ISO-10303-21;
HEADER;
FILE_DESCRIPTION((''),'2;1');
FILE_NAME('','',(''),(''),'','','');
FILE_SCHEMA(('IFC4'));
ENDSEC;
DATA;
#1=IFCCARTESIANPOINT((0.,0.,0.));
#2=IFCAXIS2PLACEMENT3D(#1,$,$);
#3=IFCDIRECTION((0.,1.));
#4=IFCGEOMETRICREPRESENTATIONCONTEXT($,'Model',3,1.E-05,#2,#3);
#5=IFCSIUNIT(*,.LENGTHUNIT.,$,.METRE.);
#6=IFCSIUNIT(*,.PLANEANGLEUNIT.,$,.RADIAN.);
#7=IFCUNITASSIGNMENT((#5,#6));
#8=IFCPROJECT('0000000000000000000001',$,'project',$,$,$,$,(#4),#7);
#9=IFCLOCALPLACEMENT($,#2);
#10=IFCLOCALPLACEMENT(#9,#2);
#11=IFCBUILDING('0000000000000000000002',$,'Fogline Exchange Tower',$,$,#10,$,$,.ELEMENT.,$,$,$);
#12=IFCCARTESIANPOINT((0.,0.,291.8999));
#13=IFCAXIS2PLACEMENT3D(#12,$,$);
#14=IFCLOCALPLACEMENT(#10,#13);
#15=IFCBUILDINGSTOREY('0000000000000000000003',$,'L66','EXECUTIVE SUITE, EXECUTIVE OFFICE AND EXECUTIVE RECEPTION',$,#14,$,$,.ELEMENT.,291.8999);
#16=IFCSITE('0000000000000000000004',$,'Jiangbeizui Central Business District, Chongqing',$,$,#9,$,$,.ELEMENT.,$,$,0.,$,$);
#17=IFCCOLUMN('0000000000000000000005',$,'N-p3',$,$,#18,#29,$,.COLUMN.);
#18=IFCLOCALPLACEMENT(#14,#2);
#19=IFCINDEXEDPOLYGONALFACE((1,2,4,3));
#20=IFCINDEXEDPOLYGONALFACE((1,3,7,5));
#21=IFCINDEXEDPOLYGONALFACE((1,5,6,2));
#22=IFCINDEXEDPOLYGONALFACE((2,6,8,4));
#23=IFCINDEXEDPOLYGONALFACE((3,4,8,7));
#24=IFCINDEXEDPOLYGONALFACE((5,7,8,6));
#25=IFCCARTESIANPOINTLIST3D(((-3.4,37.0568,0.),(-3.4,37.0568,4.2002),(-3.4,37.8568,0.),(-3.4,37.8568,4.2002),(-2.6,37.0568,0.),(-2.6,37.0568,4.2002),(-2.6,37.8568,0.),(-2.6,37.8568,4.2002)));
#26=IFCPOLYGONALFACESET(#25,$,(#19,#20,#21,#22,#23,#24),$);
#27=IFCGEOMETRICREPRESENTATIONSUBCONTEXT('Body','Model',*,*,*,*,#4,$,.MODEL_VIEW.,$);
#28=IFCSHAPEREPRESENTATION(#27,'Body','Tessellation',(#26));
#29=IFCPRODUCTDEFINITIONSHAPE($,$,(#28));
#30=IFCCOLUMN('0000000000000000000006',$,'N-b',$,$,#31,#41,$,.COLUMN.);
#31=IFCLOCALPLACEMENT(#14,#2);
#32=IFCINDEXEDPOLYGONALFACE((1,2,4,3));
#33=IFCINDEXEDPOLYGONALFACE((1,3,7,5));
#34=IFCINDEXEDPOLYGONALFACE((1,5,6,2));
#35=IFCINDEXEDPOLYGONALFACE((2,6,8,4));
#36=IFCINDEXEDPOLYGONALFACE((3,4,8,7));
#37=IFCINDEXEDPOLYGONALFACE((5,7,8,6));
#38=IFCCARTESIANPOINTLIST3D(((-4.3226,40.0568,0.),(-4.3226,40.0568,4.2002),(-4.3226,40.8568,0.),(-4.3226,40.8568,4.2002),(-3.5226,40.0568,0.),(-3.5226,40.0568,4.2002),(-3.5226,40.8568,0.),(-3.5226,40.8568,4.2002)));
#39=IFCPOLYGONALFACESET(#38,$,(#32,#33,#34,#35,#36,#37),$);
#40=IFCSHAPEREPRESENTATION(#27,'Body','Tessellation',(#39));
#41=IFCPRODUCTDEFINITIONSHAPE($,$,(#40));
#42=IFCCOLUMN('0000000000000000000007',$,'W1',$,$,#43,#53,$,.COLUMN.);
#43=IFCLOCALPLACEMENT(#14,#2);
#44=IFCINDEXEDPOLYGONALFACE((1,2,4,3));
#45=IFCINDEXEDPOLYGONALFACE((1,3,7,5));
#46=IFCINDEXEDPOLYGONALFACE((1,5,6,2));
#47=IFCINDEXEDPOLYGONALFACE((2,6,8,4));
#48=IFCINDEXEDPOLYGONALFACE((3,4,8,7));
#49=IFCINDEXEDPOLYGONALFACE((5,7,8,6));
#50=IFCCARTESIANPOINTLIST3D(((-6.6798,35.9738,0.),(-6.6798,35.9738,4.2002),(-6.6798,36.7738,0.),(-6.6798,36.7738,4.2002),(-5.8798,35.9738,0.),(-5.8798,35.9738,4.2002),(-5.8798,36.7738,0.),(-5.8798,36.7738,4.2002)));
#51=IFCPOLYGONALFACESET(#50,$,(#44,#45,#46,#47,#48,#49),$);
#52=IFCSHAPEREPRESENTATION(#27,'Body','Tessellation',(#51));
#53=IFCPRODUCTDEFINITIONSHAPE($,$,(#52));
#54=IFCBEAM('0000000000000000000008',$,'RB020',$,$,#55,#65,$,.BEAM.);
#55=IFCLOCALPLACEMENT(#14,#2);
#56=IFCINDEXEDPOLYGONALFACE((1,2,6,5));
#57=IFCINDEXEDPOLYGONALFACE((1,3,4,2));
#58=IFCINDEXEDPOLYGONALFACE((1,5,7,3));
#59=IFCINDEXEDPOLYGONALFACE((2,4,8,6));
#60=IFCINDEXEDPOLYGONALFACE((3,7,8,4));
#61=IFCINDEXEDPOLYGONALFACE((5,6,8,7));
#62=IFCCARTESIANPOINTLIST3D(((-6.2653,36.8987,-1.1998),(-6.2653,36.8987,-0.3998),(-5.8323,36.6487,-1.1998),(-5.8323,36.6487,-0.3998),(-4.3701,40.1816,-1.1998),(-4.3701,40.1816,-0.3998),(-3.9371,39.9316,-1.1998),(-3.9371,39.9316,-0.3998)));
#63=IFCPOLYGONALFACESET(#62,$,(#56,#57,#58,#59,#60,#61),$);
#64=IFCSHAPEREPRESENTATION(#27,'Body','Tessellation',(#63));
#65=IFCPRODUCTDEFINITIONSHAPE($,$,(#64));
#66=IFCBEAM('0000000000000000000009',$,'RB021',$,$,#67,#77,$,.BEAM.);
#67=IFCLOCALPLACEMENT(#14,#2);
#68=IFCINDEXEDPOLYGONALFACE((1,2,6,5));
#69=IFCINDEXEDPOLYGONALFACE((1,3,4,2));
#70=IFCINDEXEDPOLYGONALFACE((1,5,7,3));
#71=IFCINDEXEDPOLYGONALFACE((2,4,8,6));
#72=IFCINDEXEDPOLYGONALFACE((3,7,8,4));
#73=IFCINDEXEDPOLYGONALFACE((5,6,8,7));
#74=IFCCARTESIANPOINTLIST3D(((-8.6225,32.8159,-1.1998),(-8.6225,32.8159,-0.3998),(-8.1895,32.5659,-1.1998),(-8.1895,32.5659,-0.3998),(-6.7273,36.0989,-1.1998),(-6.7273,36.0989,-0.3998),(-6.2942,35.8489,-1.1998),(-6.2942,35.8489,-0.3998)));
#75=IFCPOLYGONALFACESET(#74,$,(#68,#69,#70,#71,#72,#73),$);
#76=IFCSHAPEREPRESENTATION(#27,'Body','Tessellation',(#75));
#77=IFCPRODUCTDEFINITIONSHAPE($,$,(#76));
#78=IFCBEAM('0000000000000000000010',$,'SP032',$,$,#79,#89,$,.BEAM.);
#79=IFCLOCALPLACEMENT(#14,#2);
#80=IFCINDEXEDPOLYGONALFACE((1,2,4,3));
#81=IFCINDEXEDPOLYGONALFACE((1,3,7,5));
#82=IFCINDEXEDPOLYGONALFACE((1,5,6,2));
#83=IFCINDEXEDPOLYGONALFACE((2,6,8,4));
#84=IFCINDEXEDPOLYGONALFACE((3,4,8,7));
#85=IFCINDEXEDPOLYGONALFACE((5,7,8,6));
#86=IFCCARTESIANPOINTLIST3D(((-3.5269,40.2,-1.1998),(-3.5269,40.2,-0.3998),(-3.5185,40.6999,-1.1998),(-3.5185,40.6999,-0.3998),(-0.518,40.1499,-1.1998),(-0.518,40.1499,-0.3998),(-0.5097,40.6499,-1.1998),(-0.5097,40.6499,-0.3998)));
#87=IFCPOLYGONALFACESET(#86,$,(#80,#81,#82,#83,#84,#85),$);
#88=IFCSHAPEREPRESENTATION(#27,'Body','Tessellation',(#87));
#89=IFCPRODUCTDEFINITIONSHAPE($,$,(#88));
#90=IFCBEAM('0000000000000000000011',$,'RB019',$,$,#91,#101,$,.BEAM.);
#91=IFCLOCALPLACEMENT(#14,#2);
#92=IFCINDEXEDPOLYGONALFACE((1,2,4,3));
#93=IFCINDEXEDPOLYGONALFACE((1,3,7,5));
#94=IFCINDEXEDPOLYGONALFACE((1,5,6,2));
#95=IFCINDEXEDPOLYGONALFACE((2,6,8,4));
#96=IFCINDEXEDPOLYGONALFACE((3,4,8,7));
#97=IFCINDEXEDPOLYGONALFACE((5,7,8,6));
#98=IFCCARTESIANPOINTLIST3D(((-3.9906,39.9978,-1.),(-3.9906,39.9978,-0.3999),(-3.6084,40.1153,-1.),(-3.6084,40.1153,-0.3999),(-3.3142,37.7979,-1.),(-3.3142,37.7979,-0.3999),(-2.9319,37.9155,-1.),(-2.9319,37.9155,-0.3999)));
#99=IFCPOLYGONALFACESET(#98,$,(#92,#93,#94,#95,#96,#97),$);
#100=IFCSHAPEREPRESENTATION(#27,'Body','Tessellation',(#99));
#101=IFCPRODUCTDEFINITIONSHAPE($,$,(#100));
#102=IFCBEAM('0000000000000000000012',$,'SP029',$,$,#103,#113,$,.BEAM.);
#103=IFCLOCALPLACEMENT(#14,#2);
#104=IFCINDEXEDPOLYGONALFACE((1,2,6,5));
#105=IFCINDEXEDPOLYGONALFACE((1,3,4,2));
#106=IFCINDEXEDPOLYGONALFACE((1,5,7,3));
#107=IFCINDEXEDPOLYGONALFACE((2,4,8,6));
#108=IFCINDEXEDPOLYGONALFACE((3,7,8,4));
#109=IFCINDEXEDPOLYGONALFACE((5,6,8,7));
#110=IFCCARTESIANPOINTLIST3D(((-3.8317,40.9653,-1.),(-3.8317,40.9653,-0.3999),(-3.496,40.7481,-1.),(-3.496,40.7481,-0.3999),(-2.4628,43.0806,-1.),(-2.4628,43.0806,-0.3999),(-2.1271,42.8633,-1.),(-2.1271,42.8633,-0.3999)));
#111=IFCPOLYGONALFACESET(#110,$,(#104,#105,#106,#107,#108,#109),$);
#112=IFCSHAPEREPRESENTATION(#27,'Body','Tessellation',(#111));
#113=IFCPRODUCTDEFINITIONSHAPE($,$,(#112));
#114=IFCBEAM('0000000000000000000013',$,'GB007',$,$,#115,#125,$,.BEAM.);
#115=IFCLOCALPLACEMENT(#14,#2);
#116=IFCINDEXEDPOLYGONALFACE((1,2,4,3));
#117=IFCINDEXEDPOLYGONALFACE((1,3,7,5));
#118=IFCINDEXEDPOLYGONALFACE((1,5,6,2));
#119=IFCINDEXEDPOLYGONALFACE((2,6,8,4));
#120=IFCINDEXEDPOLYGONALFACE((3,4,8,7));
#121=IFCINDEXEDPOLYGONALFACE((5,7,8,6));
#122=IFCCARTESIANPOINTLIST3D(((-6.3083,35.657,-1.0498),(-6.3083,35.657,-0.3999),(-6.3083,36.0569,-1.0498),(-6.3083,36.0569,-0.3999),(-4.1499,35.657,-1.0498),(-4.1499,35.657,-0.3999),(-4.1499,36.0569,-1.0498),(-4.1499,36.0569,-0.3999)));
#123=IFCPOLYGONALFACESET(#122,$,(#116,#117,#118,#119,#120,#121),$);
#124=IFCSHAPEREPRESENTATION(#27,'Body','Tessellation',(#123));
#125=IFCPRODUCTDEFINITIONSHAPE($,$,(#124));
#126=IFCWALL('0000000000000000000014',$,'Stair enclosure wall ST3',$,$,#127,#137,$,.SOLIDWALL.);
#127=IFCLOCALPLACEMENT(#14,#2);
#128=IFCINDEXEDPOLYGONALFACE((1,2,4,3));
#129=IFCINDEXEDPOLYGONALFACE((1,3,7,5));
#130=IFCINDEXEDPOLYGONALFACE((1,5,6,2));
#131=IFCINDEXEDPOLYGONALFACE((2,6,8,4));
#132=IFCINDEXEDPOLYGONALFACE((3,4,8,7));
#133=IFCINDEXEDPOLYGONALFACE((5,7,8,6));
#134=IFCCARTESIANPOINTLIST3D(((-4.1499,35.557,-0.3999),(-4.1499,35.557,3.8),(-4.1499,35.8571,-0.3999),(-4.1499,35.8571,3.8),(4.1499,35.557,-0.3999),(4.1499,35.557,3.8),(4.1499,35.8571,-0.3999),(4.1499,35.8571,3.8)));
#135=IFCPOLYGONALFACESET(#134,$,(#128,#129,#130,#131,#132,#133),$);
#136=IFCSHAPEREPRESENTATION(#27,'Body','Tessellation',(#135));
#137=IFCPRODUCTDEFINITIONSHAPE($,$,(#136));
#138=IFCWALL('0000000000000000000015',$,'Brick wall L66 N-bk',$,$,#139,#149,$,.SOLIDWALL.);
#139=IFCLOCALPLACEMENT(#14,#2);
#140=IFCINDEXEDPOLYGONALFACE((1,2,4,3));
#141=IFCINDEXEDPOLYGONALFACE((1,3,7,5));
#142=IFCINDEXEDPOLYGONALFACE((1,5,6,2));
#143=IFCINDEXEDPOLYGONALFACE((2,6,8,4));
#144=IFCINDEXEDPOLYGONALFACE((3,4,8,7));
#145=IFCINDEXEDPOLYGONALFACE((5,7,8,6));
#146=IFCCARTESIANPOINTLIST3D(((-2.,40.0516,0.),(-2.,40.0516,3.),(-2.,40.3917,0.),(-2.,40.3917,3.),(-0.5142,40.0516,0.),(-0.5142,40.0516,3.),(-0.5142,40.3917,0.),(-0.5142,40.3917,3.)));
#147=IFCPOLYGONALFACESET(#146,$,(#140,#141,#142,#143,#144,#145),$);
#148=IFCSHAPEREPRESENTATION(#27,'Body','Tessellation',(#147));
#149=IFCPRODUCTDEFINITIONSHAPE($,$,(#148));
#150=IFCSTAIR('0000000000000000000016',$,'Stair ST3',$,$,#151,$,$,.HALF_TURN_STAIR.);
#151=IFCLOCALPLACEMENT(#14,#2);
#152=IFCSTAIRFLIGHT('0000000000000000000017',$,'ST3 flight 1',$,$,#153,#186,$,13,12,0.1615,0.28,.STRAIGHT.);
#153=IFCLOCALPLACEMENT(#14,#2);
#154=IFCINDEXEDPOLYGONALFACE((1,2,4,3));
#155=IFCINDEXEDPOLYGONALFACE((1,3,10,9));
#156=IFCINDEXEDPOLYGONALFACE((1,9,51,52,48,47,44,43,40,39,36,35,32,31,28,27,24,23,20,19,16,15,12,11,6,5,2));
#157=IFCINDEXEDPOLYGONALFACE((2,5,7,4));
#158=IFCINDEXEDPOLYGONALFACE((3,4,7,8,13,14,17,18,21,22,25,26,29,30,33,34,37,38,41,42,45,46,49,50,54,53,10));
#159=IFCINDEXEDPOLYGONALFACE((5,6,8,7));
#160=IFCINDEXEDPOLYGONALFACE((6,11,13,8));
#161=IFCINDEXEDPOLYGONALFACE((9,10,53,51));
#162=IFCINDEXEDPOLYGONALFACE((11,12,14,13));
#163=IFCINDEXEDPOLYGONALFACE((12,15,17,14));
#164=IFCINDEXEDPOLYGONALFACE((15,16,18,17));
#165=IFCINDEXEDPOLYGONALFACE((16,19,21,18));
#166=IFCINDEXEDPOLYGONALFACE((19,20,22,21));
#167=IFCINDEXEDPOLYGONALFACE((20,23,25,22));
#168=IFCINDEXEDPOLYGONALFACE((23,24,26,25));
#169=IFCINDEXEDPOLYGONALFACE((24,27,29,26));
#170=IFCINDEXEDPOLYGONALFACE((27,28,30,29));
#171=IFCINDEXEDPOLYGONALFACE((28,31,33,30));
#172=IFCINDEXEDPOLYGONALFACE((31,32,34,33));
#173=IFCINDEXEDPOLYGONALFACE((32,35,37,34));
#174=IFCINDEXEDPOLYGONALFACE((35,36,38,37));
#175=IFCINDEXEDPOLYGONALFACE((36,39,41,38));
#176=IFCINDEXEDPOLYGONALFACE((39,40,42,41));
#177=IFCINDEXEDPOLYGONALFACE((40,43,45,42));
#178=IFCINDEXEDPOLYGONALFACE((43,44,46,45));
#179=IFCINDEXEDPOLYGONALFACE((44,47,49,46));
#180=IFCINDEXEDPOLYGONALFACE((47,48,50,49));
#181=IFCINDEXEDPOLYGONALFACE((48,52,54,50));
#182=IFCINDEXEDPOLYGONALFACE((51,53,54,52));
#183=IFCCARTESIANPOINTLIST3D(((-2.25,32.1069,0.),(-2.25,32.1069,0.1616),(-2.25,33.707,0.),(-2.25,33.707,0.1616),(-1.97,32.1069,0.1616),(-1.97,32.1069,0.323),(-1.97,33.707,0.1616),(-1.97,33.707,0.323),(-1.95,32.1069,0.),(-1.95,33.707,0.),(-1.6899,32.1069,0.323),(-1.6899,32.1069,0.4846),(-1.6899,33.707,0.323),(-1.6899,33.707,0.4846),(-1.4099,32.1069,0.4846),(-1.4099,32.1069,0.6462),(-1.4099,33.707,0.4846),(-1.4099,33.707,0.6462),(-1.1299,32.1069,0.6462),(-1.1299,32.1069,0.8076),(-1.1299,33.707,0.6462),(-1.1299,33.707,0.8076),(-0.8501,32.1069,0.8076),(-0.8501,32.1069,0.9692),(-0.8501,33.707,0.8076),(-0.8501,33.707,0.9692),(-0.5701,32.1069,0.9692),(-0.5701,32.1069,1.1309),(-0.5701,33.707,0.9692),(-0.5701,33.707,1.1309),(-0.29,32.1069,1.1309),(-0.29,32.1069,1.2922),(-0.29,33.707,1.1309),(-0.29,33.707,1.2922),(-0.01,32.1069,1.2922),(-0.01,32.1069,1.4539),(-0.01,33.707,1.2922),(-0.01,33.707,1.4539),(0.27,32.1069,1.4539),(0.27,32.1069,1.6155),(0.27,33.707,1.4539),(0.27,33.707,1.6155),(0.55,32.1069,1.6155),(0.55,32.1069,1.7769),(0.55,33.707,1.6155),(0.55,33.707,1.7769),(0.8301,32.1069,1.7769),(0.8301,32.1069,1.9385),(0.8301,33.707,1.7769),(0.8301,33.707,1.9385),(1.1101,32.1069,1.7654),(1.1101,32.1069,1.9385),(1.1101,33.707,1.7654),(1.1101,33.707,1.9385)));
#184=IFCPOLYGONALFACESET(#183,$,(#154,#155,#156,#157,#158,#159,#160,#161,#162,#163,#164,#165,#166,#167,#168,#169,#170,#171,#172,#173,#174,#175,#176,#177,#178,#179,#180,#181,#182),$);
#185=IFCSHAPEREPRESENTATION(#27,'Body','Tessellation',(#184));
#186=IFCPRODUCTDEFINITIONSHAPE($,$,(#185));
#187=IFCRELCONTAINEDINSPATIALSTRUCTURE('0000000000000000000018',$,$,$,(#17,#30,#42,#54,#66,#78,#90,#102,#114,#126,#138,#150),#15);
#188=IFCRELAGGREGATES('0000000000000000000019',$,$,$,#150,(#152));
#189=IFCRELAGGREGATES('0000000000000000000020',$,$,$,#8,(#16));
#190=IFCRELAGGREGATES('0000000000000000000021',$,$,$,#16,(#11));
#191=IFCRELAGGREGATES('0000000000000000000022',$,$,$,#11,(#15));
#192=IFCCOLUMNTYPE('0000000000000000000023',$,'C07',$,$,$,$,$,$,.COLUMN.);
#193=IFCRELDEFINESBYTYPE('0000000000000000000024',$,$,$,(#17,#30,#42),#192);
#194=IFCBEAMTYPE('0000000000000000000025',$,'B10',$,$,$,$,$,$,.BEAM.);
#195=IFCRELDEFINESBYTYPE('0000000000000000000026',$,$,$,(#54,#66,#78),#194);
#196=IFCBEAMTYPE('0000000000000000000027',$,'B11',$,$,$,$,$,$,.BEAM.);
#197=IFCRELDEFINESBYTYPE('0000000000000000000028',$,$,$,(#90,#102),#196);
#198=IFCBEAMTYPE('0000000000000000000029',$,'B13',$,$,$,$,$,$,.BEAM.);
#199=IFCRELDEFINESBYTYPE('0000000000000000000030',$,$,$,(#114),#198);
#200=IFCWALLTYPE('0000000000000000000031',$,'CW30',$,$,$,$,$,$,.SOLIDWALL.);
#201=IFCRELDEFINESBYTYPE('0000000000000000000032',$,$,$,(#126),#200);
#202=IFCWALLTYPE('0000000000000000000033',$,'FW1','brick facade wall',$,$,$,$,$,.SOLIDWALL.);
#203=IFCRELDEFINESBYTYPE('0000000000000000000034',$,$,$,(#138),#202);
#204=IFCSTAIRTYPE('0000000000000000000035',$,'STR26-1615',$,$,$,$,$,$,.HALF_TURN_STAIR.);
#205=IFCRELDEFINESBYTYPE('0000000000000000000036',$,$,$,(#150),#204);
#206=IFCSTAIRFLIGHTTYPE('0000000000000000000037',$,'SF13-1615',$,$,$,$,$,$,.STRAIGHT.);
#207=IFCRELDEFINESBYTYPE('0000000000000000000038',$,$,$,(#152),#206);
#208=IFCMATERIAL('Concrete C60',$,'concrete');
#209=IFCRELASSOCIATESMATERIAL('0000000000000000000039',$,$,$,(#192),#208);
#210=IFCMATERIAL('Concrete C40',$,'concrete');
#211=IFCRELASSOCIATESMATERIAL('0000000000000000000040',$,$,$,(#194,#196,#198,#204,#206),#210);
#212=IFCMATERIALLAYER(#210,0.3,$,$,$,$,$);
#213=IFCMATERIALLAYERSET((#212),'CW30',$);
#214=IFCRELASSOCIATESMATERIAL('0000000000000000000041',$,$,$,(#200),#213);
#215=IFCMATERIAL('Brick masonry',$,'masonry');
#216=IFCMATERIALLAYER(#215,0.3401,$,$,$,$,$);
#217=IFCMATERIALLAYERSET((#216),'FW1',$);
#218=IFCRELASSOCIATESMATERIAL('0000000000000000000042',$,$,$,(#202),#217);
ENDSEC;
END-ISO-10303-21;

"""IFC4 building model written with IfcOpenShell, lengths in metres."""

from ifc_helpers import new_model, si_unit, direction, frame, frame_2d, origin, origin_2d, place, context, subcontext, project, spatial, polyline, rectangle, outline, extrude, material, layer, layer_set, material_profile, profile_set, type_object, element, aggregate, save


model = new_model("IFC4")

# Units and contexts
model_context = context("Model", 3, precision=1e-05, world=origin(), true_north=direction((0.0, 1.0)))
body_context = subcontext(model_context, "Body", "Model", "MODEL_VIEW")
ifc_project = project(units=[si_unit("LENGTHUNIT", "METRE"), si_unit("PLANEANGLEUNIT", "RADIAN")], contexts=[model_context])

# Site, building, storey
site_placement = place(None, origin())
site = spatial("IfcSite", under=ifc_project, at=site_placement, Name="Jiangbeizui Central Business District, Chongqing", CompositionType="ELEMENT", RefElevation=0.0)
building_placement = place(site_placement, origin())
building = spatial("IfcBuilding", under=site, at=building_placement, Name="Fogline Exchange Tower", CompositionType="ELEMENT")
storey_placement = place(building_placement, frame((0.0, 0.0, 291.8999)))
storey = spatial("IfcBuildingStorey", under=building, at=storey_placement, Name="L66", Description="EXECUTIVE SUITE, EXECUTIVE OFFICE AND EXECUTIVE RECEPTION", CompositionType="ELEMENT", Elevation=291.8999)

# Columns
ifc_material_1 = material(Name="Concrete C60", Category="concrete")
ifc_material_profile_1 = material_profile(ifc_material_1, rectangle(XDim=0.8, YDim=0.8, at=origin_2d()), Name="RC 800x800")
ifc_profile_set_1 = profile_set([ifc_material_profile_1], Name="Concrete C60")
column_type = type_object("IfcColumnType", Name="C07", PredefinedType="COLUMN", material=ifc_profile_set_1)
for number, where, z_axis, x_axis, name in (
    (1, (-3.0, 37.4568, 0.0), (0.0, 0.0, 1.0), (1.0, 0.0, 0.0), "N-p3"),
    (2, (-3.9226, 40.4568, 0.0), (0.0, 0.0, 1.0), (1.0, 0.0, 0.0), "N-b"),
    (3, (-6.2798, 36.3738, 0.0), (0.0, 0.0, 1.0), (1.0, 0.0, 0.0), "W1"),
):
    element("IfcColumn", number, at=place(storey_placement, frame(where, z_axis=z_axis, x_axis=x_axis)), inside=storey, type_object=column_type, Name=name, PredefinedType="COLUMN", context=body_context, shape_type="SweptSolid", body=[
        extrude(rectangle(XDim=0.8, YDim=0.8, at=origin_2d()), origin(), (0.0, 0.0, 1.0), 4.2002),
    ])

# Beams
ifc_material_2 = material(Name="Concrete C40", Category="concrete")
ifc_material_profile_2 = material_profile(ifc_material_2, rectangle(XDim=0.5, YDim=0.8, at=origin_2d()), Name="RC 500x800")
ifc_profile_set_2 = profile_set([ifc_material_profile_2], Name="Concrete C40")
beam_type_1 = type_object("IfcBeamType", Name="B10", PredefinedType="BEAM", material=ifc_profile_set_2)
for number, where, z_axis, x_axis, name in (
    (4, (-4.1536, 40.0566, -0.7998), (-0.49997, -0.866043, 0.0), (0.866043, -0.49997, 0.0), "RB020"),
    (5, (-6.5107, 35.9739, -0.7998), (-0.49997, -0.866043, 0.0), (0.866043, -0.49997, 0.0), "RB021"),
):
    element("IfcBeam", number, at=place(storey_placement, frame(where, z_axis=z_axis, x_axis=x_axis)), inside=storey, type_object=beam_type_1, Name=name, PredefinedType="BEAM", context=body_context, shape_type="SweptSolid", body=[
        extrude(rectangle(XDim=0.5, YDim=0.8, at=origin_2d()), origin(), (0.0, 0.0, 1.0), 3.7908),
    ])
beam_1_placement = place(storey_placement, frame((-3.5227, 40.45, -0.7998), z_axis=(0.999862, -0.016632, 0.0), x_axis=(0.016632, 0.999862, 0.0)))
element("IfcBeam", 6, at=beam_1_placement, inside=storey, type_object=beam_type_1, Name="SP032", PredefinedType="BEAM", context=body_context, shape_type="SweptSolid", body=[
    extrude(rectangle(XDim=0.5, YDim=0.8, at=origin_2d()), origin(), (0.0, 0.0, 1.0), 3.0093),
])
ifc_material_profile_3 = material_profile(ifc_material_2, rectangle(XDim=0.3999, YDim=0.6001, at=origin_2d()), Name="RC 400x600")
ifc_profile_set_3 = profile_set([ifc_material_profile_3], Name="Concrete C40")
beam_type_2 = type_object("IfcBeamType", Name="B11", PredefinedType="BEAM", material=ifc_profile_set_3)
beam_2_placement = place(storey_placement, frame((-3.123, 37.8567, -0.7), z_axis=(-0.293929, 0.955827, 0.0), x_axis=(-0.955827, -0.293929, 0.0)))
element("IfcBeam", 7, at=beam_2_placement, inside=storey, type_object=beam_type_2, Name="RB019", PredefinedType="BEAM", context=body_context, shape_type="SweptSolid", body=[
    extrude(rectangle(XDim=0.3999, YDim=0.6001, at=origin_2d()), origin(), (0.0, 0.0, 1.0), 2.3015),
])
beam_3_placement = place(storey_placement, frame((-3.6638, 40.8567, -0.7), z_axis=(0.543312, 0.839531, 0.0), x_axis=(-0.839531, 0.543312, 0.0)))
element("IfcBeam", 8, at=beam_3_placement, inside=storey, type_object=beam_type_2, Name="SP029", PredefinedType="BEAM", context=body_context, shape_type="SweptSolid", body=[
    extrude(rectangle(XDim=0.3999, YDim=0.6001, at=origin_2d()), origin(), (0.0, 0.0, 1.0), 2.5195),
])
ifc_material_profile_4 = material_profile(ifc_material_2, rectangle(XDim=0.3999, YDim=0.6499, at=origin_2d()), Name="RC 400x650")
ifc_profile_set_4 = profile_set([ifc_material_profile_4], Name="Concrete C40")
beam_type_3 = type_object("IfcBeamType", Name="B13", PredefinedType="BEAM", material=ifc_profile_set_4)
beam_4_placement = place(storey_placement, frame((-6.3083, 35.8569, -0.7249), z_axis=(1.0, 0.0, 0.0), x_axis=(0.0, 1.0, 0.0)))
element("IfcBeam", 9, at=beam_4_placement, inside=storey, type_object=beam_type_3, Name="GB007", PredefinedType="BEAM", context=body_context, shape_type="SweptSolid", body=[
    extrude(rectangle(XDim=0.3999, YDim=0.6499, at=origin_2d()), origin(), (0.0, 0.0, 1.0), 2.1584),
])

# Walls
ifc_layer_1 = layer(ifc_material_2, 0.3)
ifc_layer_set_1 = layer_set([ifc_layer_1], Name="CW30")
wall_type_1 = type_object("IfcWallType", Name="CW30", PredefinedType="SOLIDWALL", material=ifc_layer_set_1)
wall_1_placement = place(storey_placement, frame((-4.1499, 35.707, -0.3999), z_axis=(0.0, 0.0, 1.0), x_axis=(1.0, 0.0, 0.0)))
element("IfcWall", 10, at=wall_1_placement, inside=storey, type_object=wall_type_1, Name="Stair enclosure wall ST3", PredefinedType="SOLIDWALL", context=body_context, shape_type="SweptSolid", body=[
    extrude(rectangle(XDim=8.2998, YDim=0.3, at=frame_2d((4.1499, 0.0))), origin(), (0.0, 0.0, 1.0), 4.2),
])
ifc_material_3 = material(Name="Brick masonry", Category="masonry")
ifc_layer_2 = layer(ifc_material_3, 0.3401)
ifc_layer_set_2 = layer_set([ifc_layer_2], Name="FW1")
wall_type_2 = type_object("IfcWallType", Name="FW1", Description="brick facade wall", PredefinedType="SOLIDWALL", material=ifc_layer_set_2)
wall_2_placement = place(storey_placement, frame((-0.5142, 40.2217, 0.0), z_axis=(0.0, 0.0, 1.0), x_axis=(-1.0, 0.0, 0.0)))
element("IfcWall", 11, at=wall_2_placement, inside=storey, type_object=wall_type_2, Name="Brick wall L66 N-bk", PredefinedType="SOLIDWALL", context=body_context, shape_type="SweptSolid", body=[
    extrude(rectangle(XDim=1.4858, YDim=0.3401, at=frame_2d((0.7429, 0.0))), origin(), (0.0, 0.0, 1.0), 3.0),
])

# Stair, stair flight
stair_type = type_object("IfcStairType", Name="STR26-1615", PredefinedType="HALF_TURN_STAIR", material=ifc_material_2)
stair_placement = place(storey_placement, origin())
stair = element("IfcStair", 12, at=stair_placement, inside=storey, type_object=stair_type, Name="Stair ST3", PredefinedType="HALF_TURN_STAIR")
stair_flight_type = type_object("IfcStairFlightType", Name="SF13-1615", PredefinedType="STRAIGHT", material=ifc_material_2)
stair_flight_placement = place(storey_placement, frame((-2.25, 32.907, 0.0), z_axis=(0.0, 0.0, 1.0), x_axis=(1.0, 0.0, 0.0)))
stair_flight = element("IfcStairFlight", 13, at=stair_flight_placement, type_object=stair_flight_type, Name="ST3 flight 1", NumberOfRisers=13, NumberOfTreads=12, PredefinedType="STRAIGHT", RiserHeight=0.1615, TreadLength=0.28, context=body_context, shape_type="SweptSolid", body=[
    extrude(outline(polyline([(0.0, 0.0), (0.0, 0.1616), (0.28, 0.1616), (0.28, 0.323), (0.5601, 0.323), (0.5601, 0.4846), (0.8401, 0.4846), (0.8401, 0.6462), (1.1201, 0.6462), (1.1201, 0.8076), (1.3999, 0.8076), (1.3999, 0.9692), (1.6799, 0.9692), (1.6799, 1.1309), (1.96, 1.1309), (1.96, 1.2922), (2.24, 1.2922), (2.24, 1.4539), (2.52, 1.4539), (2.52, 1.6155), (2.8, 1.6155), (2.8, 1.7769), (3.0801, 1.7769), (3.0801, 1.9385), (3.3601, 1.9385), (3.3601, 2.1001), (3.3601, 1.7654), (0.3, 0.0), (0.0, 0.0)])), frame((0.0, 0.8, 0.0), z_axis=(0.0, -1.0, 0.0), x_axis=(1.0, 0.0, 0.0)), (0.0, 0.0, 1.0), 1.6001),
])
aggregate(stair, [stair_flight])

save(model, "model.ifc")
